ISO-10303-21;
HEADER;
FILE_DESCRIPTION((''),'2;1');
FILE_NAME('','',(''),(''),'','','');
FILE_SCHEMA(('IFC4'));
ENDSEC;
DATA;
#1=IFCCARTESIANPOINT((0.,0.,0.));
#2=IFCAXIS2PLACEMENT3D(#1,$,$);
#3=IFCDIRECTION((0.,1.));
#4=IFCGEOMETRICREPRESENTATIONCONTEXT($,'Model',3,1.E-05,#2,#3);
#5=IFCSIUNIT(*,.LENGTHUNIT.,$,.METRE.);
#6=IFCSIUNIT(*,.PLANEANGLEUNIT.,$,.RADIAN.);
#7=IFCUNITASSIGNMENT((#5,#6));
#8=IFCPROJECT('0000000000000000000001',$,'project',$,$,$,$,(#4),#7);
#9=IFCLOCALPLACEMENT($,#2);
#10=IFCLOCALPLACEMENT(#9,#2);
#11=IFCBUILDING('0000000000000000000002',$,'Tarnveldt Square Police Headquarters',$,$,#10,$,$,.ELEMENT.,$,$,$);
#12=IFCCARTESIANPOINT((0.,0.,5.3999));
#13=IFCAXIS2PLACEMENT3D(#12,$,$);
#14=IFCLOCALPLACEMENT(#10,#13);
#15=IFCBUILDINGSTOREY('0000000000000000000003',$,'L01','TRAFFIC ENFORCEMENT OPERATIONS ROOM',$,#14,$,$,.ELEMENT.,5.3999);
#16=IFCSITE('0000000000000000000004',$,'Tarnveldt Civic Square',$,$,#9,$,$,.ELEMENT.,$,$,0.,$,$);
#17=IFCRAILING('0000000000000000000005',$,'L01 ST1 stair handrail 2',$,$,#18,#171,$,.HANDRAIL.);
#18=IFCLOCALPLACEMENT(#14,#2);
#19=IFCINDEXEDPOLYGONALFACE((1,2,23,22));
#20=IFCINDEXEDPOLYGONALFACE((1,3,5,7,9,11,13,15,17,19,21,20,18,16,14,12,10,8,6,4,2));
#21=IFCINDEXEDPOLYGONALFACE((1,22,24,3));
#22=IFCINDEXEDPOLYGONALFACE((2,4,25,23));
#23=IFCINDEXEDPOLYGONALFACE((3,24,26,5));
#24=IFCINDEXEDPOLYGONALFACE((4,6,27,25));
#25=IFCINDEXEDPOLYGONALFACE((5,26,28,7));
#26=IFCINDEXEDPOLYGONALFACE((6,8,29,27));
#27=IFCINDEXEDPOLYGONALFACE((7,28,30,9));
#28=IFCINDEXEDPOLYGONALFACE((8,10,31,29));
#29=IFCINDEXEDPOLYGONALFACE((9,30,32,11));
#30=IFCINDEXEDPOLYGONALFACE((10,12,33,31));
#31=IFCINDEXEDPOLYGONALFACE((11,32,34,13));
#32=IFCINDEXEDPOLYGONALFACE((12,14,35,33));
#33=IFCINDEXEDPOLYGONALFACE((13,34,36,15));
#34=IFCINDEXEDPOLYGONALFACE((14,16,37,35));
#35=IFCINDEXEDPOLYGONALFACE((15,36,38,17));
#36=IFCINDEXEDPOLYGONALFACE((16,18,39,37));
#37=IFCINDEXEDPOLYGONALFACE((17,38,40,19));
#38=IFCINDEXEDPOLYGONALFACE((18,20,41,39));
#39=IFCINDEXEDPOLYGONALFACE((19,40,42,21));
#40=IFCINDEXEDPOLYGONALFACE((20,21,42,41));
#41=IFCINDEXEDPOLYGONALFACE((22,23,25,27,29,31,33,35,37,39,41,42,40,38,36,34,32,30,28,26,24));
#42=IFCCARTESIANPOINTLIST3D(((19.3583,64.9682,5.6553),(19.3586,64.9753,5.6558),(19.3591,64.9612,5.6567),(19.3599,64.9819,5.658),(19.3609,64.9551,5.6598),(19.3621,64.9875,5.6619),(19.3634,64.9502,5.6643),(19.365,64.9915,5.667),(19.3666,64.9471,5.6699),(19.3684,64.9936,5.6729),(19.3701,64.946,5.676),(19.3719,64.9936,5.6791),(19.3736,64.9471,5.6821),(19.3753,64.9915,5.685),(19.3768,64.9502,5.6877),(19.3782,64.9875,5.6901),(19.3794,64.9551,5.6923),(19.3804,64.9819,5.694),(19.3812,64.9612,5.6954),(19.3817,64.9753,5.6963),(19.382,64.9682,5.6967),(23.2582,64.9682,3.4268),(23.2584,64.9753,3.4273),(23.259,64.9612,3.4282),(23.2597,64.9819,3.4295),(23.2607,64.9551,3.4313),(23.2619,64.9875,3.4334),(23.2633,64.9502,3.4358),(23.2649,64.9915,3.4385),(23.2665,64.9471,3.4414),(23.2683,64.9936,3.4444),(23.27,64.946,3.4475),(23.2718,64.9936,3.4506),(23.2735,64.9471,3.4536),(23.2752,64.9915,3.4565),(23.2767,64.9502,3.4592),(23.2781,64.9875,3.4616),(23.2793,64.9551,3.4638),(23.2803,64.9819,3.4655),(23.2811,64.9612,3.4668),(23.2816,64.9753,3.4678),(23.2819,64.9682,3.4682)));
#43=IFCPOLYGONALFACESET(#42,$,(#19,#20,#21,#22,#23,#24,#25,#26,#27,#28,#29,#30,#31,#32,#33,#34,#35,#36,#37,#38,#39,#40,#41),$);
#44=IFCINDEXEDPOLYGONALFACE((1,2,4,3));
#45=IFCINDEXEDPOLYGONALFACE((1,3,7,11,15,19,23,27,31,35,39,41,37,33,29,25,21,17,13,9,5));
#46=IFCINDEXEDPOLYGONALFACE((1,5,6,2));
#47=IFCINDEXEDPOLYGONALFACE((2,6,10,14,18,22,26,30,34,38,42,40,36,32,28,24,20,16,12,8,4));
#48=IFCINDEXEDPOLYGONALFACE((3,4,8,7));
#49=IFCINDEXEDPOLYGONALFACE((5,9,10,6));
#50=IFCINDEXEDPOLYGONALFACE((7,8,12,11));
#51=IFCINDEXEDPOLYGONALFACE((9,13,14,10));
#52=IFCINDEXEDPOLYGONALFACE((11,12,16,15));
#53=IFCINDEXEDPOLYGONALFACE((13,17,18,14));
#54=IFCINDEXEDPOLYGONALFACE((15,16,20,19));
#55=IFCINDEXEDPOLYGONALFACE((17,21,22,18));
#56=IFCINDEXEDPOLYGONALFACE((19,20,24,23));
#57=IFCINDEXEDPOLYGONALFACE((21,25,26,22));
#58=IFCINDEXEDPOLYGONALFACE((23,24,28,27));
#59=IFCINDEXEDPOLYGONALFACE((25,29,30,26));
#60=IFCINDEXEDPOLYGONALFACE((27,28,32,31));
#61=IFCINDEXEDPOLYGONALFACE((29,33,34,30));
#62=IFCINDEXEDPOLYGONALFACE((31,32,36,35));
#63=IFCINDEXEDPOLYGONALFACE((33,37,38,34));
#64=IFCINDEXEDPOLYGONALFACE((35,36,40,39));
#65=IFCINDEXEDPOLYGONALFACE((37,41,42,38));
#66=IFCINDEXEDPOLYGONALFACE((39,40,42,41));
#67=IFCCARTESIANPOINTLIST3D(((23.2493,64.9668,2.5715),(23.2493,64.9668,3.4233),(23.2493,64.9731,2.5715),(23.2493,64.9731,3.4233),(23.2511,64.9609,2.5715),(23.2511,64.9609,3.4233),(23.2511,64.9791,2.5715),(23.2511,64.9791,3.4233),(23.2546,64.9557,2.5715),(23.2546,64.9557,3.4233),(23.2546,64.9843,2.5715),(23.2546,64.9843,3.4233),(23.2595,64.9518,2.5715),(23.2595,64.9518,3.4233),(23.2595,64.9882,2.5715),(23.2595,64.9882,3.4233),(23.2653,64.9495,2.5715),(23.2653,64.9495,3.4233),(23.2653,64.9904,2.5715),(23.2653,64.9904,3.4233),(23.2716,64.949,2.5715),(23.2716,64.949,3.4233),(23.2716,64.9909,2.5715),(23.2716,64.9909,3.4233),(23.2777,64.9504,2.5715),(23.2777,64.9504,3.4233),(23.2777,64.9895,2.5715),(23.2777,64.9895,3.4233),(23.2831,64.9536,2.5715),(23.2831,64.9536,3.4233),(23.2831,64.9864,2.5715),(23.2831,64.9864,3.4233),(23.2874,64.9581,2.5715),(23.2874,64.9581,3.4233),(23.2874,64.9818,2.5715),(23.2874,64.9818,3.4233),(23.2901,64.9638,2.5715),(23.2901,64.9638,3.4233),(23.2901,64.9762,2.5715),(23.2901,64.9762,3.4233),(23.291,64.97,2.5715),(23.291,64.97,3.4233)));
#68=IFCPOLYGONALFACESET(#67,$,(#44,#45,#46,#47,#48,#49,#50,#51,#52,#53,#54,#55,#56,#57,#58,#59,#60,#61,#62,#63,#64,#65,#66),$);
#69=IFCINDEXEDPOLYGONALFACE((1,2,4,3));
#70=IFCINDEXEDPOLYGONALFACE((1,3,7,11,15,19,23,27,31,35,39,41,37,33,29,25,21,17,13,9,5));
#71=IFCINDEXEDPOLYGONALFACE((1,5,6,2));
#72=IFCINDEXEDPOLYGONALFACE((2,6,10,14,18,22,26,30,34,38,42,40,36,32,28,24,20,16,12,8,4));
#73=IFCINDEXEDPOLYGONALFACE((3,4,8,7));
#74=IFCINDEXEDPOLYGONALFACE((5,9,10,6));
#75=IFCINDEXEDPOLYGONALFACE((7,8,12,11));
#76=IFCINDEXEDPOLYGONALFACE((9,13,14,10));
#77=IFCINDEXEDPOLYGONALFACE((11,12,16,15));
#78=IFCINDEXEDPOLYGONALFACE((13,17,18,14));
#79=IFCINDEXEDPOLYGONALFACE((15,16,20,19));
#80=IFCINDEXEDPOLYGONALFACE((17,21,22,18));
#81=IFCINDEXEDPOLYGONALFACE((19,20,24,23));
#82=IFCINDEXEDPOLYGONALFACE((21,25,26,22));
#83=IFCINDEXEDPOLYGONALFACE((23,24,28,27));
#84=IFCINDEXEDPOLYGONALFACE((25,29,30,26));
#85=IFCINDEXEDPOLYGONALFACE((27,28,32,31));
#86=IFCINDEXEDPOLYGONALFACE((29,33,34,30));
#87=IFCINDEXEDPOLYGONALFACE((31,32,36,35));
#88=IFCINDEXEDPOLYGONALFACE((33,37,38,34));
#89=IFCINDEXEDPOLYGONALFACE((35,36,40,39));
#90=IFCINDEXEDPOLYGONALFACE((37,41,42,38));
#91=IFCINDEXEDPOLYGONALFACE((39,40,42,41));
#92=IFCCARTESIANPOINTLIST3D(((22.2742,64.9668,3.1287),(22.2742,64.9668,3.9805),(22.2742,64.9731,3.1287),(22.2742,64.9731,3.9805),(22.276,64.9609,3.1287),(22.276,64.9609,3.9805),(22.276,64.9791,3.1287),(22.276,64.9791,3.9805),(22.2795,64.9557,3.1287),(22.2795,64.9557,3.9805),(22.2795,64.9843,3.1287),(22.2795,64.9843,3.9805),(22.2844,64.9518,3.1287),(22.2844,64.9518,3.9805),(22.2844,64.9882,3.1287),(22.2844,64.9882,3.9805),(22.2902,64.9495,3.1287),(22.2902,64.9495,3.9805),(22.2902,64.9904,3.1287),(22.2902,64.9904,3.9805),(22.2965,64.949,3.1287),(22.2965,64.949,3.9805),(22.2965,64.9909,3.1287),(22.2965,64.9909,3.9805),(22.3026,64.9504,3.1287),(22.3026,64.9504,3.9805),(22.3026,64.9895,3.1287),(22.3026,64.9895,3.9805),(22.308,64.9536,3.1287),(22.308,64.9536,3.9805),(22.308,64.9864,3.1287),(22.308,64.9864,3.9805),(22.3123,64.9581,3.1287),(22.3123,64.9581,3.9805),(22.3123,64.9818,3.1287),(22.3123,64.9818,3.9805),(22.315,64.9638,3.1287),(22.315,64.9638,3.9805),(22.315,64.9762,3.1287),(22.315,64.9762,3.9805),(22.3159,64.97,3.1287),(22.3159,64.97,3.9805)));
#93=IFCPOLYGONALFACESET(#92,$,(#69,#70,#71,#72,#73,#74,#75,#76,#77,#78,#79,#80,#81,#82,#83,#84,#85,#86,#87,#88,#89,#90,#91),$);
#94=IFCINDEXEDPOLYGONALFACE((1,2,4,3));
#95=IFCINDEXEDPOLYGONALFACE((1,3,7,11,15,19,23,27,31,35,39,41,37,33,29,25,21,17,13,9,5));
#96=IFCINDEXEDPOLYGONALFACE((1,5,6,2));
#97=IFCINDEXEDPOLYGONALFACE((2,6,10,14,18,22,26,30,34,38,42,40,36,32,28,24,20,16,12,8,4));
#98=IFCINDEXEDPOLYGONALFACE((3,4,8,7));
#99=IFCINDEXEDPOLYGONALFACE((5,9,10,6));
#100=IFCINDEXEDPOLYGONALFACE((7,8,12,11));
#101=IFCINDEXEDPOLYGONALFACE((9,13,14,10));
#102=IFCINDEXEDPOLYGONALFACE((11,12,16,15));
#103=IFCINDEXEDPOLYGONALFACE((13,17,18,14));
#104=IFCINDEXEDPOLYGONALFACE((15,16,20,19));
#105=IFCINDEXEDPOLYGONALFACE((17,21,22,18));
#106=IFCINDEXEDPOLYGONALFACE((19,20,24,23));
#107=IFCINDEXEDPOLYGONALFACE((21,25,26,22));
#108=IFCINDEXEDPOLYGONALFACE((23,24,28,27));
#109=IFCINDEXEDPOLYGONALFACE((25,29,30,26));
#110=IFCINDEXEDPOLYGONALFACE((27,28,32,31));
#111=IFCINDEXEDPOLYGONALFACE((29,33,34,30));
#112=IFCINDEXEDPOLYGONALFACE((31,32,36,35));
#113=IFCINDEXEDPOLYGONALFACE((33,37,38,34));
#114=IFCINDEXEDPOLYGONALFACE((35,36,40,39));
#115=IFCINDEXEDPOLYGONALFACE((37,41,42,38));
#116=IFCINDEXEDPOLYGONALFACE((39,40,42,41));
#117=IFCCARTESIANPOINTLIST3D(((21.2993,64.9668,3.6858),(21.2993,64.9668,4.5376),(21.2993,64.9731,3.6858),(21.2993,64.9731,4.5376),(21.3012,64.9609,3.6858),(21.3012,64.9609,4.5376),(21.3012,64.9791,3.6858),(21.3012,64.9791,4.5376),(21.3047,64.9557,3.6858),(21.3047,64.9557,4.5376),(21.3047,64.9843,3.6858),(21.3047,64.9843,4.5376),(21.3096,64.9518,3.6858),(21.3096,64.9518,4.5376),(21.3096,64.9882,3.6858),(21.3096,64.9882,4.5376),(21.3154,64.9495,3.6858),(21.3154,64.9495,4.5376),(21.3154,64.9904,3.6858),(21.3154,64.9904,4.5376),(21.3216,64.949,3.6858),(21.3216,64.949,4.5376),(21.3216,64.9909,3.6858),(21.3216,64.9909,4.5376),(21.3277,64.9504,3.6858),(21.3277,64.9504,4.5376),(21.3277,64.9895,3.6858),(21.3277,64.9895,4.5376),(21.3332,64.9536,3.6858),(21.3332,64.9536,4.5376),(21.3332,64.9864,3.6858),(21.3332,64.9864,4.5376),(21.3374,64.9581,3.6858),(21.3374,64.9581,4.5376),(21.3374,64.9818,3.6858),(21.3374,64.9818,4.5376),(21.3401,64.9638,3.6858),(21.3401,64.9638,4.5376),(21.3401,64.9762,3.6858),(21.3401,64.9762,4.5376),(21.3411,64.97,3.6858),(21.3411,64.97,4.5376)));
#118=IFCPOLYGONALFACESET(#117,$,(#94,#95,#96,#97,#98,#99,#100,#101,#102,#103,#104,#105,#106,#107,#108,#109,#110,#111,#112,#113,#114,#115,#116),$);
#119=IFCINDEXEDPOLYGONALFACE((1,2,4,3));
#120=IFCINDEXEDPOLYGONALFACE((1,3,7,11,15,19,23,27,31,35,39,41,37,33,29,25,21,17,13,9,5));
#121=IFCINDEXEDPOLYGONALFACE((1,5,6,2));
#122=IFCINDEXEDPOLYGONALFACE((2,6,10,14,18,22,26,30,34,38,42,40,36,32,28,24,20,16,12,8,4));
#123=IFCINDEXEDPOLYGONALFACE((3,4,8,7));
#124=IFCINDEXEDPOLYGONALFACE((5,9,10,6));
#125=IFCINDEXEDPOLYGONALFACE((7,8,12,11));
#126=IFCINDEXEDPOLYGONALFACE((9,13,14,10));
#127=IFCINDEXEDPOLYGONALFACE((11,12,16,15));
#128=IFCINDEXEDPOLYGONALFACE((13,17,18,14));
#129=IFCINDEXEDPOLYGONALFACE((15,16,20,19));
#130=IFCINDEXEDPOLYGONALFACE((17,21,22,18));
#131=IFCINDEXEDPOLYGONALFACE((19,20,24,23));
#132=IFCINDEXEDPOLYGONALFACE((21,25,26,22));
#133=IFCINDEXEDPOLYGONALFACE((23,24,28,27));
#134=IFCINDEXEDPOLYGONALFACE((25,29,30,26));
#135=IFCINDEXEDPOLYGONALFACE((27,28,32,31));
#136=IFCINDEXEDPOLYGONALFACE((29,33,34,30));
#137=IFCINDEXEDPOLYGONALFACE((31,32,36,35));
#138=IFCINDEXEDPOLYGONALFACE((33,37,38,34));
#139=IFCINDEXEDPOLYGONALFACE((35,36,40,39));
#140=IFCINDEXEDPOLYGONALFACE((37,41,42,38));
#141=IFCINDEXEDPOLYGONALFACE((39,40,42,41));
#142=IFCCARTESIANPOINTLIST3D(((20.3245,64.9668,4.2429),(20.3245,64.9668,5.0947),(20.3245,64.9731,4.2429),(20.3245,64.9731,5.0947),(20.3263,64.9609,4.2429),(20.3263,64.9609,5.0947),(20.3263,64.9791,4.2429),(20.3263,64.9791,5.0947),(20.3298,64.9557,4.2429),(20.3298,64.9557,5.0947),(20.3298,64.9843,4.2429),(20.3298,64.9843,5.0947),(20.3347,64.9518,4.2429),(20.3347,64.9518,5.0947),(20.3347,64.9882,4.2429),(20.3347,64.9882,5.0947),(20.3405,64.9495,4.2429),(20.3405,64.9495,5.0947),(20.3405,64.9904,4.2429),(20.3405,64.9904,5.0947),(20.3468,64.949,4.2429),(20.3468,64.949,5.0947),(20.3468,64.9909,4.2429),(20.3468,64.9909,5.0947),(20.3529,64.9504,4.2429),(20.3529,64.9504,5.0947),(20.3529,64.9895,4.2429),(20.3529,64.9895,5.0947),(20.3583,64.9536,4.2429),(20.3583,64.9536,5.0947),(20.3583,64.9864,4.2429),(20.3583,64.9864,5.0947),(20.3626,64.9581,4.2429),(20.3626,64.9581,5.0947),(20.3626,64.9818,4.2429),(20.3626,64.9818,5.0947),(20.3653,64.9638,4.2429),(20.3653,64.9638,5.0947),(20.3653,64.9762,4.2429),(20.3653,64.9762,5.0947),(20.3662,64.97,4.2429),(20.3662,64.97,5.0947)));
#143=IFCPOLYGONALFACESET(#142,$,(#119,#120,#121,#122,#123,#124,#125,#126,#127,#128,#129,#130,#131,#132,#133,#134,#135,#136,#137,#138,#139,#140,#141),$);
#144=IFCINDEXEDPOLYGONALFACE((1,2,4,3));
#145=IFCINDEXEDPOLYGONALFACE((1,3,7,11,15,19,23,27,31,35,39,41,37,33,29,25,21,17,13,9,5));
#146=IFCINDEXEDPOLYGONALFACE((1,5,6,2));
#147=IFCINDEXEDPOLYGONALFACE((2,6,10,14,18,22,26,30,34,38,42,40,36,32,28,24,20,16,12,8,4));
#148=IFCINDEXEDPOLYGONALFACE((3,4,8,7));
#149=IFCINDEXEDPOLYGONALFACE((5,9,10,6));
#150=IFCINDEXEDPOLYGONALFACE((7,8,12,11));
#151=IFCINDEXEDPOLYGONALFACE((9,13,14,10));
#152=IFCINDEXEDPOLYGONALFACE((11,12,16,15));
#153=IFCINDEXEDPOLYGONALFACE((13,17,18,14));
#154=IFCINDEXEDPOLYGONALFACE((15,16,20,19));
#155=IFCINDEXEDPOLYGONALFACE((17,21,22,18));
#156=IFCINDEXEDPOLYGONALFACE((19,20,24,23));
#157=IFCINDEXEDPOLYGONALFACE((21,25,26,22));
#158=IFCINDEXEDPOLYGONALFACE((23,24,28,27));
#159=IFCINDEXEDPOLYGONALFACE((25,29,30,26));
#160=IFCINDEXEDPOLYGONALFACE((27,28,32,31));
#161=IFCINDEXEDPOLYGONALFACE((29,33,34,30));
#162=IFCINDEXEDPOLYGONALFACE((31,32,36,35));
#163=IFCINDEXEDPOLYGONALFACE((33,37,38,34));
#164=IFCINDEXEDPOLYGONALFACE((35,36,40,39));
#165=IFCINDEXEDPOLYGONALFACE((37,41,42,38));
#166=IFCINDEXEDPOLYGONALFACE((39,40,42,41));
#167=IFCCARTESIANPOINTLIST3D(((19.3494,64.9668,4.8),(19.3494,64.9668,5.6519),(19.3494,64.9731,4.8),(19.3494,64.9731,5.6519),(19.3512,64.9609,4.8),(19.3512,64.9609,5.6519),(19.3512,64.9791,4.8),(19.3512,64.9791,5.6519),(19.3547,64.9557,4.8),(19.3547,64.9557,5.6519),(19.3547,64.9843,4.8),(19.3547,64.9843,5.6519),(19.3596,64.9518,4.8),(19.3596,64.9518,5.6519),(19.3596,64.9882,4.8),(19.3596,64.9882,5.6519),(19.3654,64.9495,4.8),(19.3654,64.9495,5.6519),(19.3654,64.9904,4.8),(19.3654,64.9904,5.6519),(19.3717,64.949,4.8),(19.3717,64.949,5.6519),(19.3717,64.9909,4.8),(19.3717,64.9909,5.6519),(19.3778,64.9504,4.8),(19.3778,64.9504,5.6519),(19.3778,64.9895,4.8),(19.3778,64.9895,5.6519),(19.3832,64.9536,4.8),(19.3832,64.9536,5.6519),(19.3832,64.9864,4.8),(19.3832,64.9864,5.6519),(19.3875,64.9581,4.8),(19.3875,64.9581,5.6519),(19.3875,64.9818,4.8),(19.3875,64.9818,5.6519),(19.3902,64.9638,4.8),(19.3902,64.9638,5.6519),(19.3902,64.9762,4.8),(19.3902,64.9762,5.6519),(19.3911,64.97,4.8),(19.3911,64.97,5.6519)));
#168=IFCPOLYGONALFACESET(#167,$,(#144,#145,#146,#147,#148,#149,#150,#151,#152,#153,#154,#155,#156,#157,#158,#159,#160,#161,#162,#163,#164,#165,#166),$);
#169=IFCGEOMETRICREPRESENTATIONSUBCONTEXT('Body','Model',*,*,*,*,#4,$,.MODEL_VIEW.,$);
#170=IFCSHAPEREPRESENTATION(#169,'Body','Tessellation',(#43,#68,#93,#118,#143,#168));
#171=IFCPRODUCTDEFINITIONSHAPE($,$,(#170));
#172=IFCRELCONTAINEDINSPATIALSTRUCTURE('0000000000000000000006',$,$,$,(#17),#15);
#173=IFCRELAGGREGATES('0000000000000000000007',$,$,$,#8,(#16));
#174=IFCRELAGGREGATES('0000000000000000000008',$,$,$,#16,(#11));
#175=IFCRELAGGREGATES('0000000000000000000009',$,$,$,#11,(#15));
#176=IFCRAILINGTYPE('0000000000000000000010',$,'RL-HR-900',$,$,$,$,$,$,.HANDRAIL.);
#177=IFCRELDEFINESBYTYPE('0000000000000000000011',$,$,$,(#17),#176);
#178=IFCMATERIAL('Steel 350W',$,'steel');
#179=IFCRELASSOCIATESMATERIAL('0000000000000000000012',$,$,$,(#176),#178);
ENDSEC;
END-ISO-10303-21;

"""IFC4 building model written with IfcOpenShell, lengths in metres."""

from ifc_helpers import new_model, si_unit, direction, frame, origin, origin_2d, place, context, subcontext, project, spatial, circle, extrude, material, type_object, element, save


model = new_model("IFC4")

# Units and contexts
model_context = context("Model", 3, precision=1e-05, world=origin(), true_north=direction((0.0, 1.0)))
body_context = subcontext(model_context, "Body", "Model", "MODEL_VIEW")
ifc_project = project(units=[si_unit("LENGTHUNIT", "METRE"), si_unit("PLANEANGLEUNIT", "RADIAN")], contexts=[model_context])

# Site, building, storey
site_placement = place(None, origin())
site = spatial("IfcSite", under=ifc_project, at=site_placement, Name="Tarnveldt Civic Square", CompositionType="ELEMENT", RefElevation=0.0)
building_placement = place(site_placement, origin())
building = spatial("IfcBuilding", under=site, at=building_placement, Name="Tarnveldt Square Police Headquarters", CompositionType="ELEMENT")
storey_placement = place(building_placement, frame((0.0, 0.0, 5.3999)))
storey = spatial("IfcBuildingStorey", under=building, at=storey_placement, Name="L01", Description="TRAFFIC ENFORCEMENT OPERATIONS ROOM", CompositionType="ELEMENT", Elevation=5.3999)

# Railing
ifc_material_1 = material(Name="Steel 350W", Category="steel")
railing_type_1 = type_object("IfcRailingType", Name="RL-HR-900", PredefinedType="HANDRAIL", material=ifc_material_1)
railing_1_placement = place(storey_placement, frame((23.27, 64.97, 2.5715)))
element("IfcRailing", 1, at=railing_1_placement, inside=storey, type_object=railing_type_1, Name="L01 ST1 stair handrail 2", PredefinedType="HANDRAIL", context=body_context, shape_type="SweptSolid", body=[
    extrude(circle(Radius=0.0239, at=origin_2d()), frame((0.0, 0.0, 0.876), z_axis=(-0.868243, 0.0, 0.496139), x_axis=(0.0, -1.0, 0.0)), (0.0, 0.0, 1.0), 4.4917),
    extrude(circle(Radius=0.021, at=origin_2d()), origin(), (0.0, 0.0, 1.0), 0.8518),
    extrude(circle(Radius=0.021, at=origin_2d()), frame((-0.9751, 0.0, 0.5571)), (0.0, 0.0, 1.0), 0.8518),
    extrude(circle(Radius=0.021, at=origin_2d()), frame((-1.95, 0.0, 1.1143)), (0.0, 0.0, 1.0), 0.8518),
    extrude(circle(Radius=0.021, at=origin_2d()), frame((-2.9248, 0.0, 1.6714)), (0.0, 0.0, 1.0), 0.8518),
    extrude(circle(Radius=0.021, at=origin_2d()), frame((-3.8999, 0.0, 2.2285)), (0.0, 0.0, 1.0), 0.8518),
])

save(model, "model.ifc")
